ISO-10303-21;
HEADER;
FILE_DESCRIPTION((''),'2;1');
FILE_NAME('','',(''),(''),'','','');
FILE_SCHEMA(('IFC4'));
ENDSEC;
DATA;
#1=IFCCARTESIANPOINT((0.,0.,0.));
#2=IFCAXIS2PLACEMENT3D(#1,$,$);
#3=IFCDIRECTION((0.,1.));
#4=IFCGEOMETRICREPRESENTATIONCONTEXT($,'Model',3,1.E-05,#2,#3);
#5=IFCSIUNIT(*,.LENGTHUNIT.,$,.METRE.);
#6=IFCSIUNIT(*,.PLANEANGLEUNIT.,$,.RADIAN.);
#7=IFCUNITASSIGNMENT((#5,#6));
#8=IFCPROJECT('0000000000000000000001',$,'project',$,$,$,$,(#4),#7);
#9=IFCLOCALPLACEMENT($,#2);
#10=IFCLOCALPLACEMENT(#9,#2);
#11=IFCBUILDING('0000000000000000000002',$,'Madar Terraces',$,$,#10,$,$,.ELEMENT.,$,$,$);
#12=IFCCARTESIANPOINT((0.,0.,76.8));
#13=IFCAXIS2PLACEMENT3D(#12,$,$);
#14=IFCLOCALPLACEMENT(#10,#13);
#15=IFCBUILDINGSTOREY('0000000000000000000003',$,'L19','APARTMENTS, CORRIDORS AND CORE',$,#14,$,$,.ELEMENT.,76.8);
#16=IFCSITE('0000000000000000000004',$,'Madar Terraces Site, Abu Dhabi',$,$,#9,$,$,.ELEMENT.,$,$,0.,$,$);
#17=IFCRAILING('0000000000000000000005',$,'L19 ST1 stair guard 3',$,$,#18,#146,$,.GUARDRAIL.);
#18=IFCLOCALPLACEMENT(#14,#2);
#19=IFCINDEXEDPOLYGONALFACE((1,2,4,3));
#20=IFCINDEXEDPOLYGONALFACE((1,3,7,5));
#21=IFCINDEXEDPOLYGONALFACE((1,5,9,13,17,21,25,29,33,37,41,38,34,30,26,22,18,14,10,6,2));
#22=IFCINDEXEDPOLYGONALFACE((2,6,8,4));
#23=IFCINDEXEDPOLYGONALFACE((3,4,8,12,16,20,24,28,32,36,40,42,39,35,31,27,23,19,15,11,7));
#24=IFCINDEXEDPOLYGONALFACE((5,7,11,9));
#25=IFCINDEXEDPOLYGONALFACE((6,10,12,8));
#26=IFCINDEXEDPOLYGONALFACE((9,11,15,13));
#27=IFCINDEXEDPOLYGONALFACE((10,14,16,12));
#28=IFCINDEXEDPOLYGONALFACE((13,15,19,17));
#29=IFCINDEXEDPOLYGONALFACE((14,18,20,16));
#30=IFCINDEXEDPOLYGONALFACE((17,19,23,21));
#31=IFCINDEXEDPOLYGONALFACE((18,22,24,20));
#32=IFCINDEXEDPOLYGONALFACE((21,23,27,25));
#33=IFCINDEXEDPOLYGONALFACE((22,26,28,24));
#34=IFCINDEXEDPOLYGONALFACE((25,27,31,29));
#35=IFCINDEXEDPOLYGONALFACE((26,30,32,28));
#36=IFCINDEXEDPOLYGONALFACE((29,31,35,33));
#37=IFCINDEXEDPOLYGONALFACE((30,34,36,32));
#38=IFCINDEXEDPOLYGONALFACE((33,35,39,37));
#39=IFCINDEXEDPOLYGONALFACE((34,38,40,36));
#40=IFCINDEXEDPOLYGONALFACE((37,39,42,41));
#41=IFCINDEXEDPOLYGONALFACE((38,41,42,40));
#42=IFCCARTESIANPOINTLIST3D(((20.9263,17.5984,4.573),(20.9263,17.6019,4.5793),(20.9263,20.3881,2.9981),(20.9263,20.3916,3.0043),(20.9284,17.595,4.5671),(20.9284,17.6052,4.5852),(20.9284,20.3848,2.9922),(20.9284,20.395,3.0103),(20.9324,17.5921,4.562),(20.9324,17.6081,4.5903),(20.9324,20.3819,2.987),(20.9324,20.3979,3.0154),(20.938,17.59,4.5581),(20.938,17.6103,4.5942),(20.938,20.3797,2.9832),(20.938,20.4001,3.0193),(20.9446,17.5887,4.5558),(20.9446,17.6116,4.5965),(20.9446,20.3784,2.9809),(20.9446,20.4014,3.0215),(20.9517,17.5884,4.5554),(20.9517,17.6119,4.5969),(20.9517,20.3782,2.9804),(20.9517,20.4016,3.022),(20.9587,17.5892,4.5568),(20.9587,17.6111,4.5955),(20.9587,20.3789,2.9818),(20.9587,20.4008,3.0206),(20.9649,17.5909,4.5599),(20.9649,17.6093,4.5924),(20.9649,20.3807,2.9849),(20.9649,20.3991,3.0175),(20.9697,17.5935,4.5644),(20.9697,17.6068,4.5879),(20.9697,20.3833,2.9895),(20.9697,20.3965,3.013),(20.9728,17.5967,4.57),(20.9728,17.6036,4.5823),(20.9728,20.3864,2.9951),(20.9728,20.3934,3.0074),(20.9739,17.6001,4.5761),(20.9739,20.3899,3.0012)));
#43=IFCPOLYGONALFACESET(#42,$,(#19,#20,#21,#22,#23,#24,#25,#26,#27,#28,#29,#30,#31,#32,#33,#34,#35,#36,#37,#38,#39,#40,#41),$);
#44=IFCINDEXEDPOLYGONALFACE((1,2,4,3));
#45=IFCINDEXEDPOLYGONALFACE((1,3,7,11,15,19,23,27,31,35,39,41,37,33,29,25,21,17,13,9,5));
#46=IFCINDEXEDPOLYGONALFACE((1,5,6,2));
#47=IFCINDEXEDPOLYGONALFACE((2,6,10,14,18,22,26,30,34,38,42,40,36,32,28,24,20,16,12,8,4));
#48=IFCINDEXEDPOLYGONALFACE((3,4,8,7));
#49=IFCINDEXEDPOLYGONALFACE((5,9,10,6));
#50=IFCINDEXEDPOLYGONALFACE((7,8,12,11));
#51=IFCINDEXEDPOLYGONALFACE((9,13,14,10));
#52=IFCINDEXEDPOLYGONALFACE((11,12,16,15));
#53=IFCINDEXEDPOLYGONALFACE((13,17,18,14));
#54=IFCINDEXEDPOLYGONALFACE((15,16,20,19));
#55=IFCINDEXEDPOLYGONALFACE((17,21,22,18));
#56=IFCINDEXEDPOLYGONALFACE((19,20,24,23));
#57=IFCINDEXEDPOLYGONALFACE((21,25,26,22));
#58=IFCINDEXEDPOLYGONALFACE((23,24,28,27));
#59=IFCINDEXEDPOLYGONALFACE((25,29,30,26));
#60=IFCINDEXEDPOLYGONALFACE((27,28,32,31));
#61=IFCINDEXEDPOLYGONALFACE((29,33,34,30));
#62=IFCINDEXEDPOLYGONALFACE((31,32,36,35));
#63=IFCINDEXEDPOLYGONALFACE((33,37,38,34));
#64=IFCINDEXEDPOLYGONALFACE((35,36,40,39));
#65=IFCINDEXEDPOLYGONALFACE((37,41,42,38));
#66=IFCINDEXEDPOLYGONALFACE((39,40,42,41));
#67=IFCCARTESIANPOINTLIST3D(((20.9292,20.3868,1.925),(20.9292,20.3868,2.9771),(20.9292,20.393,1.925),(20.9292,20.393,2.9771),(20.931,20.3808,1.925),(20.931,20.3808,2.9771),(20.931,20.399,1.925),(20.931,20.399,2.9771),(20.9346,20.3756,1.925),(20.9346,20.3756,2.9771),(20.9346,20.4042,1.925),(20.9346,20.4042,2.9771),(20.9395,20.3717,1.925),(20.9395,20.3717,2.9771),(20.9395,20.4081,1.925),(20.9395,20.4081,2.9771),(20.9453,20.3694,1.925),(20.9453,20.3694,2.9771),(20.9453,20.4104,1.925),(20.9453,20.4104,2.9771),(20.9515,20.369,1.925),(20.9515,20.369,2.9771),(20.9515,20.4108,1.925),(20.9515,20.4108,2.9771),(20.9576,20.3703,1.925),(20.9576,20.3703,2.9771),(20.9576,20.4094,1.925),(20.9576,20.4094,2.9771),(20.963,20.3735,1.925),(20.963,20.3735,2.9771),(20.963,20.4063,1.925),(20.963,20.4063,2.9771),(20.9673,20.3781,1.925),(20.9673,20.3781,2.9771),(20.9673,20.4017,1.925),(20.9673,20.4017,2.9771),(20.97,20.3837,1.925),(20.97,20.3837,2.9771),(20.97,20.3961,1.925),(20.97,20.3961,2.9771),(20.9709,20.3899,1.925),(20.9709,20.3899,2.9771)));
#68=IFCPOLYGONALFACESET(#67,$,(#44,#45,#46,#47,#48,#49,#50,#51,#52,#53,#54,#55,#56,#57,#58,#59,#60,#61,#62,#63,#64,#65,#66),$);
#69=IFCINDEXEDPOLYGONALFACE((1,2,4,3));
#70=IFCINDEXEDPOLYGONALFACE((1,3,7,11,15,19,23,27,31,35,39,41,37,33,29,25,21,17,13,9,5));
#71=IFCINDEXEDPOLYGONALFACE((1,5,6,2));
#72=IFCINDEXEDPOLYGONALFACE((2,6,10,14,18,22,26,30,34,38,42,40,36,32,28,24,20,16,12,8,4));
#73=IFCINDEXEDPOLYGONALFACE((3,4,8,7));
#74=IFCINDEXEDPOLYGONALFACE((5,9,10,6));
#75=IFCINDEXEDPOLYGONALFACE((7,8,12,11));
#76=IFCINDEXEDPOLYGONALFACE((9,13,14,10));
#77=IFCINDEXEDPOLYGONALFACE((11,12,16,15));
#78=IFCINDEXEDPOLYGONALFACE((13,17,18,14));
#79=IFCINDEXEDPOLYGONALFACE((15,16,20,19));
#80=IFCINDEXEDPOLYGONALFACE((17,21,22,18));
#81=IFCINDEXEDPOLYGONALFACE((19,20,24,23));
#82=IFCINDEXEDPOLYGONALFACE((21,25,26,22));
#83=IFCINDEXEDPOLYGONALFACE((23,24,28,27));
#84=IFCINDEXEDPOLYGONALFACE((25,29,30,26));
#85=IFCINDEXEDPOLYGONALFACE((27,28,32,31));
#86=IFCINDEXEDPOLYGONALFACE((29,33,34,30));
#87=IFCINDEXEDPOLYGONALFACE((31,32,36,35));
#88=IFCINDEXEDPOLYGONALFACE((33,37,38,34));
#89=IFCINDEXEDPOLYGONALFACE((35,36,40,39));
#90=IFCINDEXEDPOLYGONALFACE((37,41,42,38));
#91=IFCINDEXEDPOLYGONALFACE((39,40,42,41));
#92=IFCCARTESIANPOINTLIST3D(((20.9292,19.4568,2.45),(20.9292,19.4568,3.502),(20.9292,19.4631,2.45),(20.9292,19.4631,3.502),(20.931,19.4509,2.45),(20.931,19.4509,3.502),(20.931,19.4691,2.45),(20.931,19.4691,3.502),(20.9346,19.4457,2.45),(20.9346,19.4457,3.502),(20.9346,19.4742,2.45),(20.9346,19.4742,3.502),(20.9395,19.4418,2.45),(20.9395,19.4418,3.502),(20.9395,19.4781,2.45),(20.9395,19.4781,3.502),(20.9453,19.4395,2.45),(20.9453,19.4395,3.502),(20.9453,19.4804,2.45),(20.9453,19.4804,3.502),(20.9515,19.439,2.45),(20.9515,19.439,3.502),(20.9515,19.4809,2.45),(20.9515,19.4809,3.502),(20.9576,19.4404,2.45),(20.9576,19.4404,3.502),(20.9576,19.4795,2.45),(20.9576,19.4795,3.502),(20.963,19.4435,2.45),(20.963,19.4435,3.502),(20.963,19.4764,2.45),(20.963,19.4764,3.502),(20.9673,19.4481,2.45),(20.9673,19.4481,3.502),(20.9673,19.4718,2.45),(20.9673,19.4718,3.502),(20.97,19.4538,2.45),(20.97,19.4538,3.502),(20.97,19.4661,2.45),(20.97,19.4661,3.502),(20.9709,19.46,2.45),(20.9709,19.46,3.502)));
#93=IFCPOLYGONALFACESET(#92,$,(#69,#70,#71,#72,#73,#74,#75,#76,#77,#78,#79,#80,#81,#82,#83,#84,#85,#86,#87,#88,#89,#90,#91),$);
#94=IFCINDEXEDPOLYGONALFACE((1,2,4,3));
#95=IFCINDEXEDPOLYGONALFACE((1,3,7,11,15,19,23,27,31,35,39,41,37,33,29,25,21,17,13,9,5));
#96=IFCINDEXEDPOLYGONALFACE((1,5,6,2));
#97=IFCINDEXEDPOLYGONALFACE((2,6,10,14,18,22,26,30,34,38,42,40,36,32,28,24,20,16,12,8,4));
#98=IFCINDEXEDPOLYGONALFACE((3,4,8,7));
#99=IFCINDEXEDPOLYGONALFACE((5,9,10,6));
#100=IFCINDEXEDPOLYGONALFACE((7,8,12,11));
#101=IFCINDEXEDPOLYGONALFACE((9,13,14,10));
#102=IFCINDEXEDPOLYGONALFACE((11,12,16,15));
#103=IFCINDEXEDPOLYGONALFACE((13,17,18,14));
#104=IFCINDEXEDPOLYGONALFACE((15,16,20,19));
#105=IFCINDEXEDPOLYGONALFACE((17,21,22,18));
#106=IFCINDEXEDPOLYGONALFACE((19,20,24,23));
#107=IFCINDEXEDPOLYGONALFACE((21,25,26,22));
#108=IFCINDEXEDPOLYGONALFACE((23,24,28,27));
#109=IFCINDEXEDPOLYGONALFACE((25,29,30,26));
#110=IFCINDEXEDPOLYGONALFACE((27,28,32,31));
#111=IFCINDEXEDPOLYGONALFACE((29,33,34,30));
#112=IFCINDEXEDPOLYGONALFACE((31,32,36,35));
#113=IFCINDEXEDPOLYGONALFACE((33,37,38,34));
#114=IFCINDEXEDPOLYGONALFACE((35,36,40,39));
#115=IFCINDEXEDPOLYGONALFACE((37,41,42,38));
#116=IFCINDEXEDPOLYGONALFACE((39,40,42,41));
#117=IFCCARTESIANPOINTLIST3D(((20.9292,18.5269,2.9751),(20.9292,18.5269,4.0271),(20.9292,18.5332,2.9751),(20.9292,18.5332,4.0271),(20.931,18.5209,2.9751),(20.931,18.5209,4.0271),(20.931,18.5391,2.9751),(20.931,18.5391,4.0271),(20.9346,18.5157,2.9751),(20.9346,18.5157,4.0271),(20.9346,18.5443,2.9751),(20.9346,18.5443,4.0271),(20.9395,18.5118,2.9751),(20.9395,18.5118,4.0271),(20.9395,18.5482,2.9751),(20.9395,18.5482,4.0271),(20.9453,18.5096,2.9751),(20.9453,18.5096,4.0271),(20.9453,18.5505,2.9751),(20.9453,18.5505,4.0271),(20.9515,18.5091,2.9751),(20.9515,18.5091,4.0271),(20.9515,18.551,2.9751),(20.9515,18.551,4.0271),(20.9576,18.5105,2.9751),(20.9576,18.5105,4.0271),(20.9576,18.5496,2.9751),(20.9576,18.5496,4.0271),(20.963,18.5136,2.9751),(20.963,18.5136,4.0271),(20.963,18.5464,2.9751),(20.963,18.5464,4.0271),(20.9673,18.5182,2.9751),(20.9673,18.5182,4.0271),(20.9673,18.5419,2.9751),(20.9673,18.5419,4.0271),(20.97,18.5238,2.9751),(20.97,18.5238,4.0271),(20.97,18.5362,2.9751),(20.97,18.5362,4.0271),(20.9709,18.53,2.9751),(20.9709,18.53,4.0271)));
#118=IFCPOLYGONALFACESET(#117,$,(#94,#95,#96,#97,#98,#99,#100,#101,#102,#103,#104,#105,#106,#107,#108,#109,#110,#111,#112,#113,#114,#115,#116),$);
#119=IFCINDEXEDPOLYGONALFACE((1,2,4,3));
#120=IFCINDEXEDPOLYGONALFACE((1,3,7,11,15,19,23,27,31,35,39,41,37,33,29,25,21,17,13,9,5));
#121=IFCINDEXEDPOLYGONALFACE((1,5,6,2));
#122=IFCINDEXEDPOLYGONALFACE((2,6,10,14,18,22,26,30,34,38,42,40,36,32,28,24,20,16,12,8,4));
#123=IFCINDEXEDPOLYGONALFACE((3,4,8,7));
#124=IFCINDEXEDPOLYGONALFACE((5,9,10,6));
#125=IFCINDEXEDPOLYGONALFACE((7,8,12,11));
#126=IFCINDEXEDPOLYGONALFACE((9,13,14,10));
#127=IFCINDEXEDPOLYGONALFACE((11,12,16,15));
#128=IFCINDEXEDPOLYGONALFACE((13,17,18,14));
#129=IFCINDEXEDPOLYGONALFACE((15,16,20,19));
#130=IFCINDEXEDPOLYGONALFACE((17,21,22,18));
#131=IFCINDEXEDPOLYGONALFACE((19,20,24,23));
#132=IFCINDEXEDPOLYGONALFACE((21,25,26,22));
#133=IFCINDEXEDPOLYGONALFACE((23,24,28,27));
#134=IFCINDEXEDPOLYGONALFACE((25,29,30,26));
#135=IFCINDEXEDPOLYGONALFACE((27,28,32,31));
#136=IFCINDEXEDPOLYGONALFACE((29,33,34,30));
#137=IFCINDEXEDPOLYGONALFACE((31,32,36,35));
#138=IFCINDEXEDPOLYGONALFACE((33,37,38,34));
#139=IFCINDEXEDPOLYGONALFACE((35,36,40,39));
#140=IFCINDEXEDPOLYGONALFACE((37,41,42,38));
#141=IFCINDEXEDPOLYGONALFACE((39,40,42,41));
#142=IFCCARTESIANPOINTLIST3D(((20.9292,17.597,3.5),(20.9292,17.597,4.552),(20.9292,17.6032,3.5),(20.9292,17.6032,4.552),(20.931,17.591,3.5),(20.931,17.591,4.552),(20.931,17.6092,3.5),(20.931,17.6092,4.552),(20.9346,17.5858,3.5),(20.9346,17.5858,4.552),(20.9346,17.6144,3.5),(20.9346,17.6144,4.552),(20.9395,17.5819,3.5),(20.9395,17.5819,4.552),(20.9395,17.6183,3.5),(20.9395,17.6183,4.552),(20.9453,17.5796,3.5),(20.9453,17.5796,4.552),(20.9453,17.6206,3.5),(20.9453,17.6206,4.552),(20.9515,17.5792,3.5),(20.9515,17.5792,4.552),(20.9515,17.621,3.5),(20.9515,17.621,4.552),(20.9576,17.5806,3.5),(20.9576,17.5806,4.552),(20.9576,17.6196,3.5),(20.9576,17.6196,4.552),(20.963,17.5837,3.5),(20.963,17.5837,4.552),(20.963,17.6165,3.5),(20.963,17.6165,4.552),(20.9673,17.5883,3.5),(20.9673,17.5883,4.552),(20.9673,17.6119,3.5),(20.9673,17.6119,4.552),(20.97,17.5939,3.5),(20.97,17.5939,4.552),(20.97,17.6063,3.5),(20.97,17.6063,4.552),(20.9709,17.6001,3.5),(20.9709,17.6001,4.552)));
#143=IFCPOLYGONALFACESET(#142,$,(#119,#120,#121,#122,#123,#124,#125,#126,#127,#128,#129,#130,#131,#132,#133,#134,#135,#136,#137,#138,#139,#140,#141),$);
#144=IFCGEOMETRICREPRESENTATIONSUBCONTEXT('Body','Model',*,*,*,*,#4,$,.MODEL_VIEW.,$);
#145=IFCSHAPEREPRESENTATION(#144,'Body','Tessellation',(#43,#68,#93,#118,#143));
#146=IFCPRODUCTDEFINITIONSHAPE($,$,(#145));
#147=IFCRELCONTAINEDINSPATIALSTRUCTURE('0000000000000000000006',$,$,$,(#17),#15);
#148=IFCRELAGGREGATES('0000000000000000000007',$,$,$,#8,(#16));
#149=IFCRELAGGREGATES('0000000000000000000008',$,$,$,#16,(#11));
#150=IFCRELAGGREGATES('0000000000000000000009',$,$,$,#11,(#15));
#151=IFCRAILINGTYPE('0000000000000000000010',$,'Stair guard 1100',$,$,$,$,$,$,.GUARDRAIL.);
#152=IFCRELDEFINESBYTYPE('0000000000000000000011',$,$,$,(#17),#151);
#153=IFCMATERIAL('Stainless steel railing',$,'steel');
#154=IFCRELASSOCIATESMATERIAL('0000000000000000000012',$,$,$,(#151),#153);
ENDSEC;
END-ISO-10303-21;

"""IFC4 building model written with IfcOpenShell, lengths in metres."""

from ifc_helpers import new_model, si_unit, direction, frame, origin, origin_2d, place, context, subcontext, project, spatial, circle, extrude, material, type_object, element, save


model = new_model("IFC4")

# Units and contexts
model_context = context("Model", 3, precision=1e-05, world=origin(), true_north=direction((0.0, 1.0)))
body_context = subcontext(model_context, "Body", "Model", "MODEL_VIEW")
ifc_project = project(units=[si_unit("LENGTHUNIT", "METRE"), si_unit("PLANEANGLEUNIT", "RADIAN")], contexts=[model_context])

# Site, building, storey
site_placement = place(None, origin())
site = spatial("IfcSite", under=ifc_project, at=site_placement, Name="Madar Terraces Site, Abu Dhabi", CompositionType="ELEMENT", RefElevation=0.0)
building_placement = place(site_placement, origin())
building = spatial("IfcBuilding", under=site, at=building_placement, Name="Madar Terraces", CompositionType="ELEMENT")
storey_placement = place(building_placement, frame((0.0, 0.0, 76.8)))
storey = spatial("IfcBuildingStorey", under=building, at=storey_placement, Name="L19", Description="APARTMENTS, CORRIDORS AND CORE", CompositionType="ELEMENT", Elevation=76.8)

# Railing
ifc_material_1 = material(Name="Stainless steel railing", Category="steel")
railing_type_1 = type_object("IfcRailingType", Name="Stair guard 1100", PredefinedType="GUARDRAIL", material=ifc_material_1)
railing_1_placement = place(storey_placement, frame((20.95, 20.3899, 1.925)))
element("IfcRailing", 1, at=railing_1_placement, inside=storey, type_object=railing_type_1, Name="L19 ST1 stair guard 3", PredefinedType="GUARDRAIL", context=body_context, shape_type="SweptSolid", body=[
    extrude(circle(Radius=0.0239, at=origin_2d()), frame((0.0, 0.0, 1.0762), z_axis=(0.0, -0.870815, 0.49161), x_axis=(1.0, 0.0, 0.0)), (0.0, 0.0, 1.0), 3.2036),
    extrude(circle(Radius=0.021, at=origin_2d()), origin(), (0.0, 0.0, 1.0), 1.052),
    extrude(circle(Radius=0.021, at=origin_2d()), frame((0.0, -0.9299, 0.5249)), (0.0, 0.0, 1.0), 1.052),
    extrude(circle(Radius=0.021, at=origin_2d()), frame((0.0, -1.8599, 1.05)), (0.0, 0.0, 1.0), 1.052),
    extrude(circle(Radius=0.021, at=origin_2d()), frame((0.0, -2.7898, 1.575)), (0.0, 0.0, 1.0), 1.052),
])

save(model, "model.ifc")
